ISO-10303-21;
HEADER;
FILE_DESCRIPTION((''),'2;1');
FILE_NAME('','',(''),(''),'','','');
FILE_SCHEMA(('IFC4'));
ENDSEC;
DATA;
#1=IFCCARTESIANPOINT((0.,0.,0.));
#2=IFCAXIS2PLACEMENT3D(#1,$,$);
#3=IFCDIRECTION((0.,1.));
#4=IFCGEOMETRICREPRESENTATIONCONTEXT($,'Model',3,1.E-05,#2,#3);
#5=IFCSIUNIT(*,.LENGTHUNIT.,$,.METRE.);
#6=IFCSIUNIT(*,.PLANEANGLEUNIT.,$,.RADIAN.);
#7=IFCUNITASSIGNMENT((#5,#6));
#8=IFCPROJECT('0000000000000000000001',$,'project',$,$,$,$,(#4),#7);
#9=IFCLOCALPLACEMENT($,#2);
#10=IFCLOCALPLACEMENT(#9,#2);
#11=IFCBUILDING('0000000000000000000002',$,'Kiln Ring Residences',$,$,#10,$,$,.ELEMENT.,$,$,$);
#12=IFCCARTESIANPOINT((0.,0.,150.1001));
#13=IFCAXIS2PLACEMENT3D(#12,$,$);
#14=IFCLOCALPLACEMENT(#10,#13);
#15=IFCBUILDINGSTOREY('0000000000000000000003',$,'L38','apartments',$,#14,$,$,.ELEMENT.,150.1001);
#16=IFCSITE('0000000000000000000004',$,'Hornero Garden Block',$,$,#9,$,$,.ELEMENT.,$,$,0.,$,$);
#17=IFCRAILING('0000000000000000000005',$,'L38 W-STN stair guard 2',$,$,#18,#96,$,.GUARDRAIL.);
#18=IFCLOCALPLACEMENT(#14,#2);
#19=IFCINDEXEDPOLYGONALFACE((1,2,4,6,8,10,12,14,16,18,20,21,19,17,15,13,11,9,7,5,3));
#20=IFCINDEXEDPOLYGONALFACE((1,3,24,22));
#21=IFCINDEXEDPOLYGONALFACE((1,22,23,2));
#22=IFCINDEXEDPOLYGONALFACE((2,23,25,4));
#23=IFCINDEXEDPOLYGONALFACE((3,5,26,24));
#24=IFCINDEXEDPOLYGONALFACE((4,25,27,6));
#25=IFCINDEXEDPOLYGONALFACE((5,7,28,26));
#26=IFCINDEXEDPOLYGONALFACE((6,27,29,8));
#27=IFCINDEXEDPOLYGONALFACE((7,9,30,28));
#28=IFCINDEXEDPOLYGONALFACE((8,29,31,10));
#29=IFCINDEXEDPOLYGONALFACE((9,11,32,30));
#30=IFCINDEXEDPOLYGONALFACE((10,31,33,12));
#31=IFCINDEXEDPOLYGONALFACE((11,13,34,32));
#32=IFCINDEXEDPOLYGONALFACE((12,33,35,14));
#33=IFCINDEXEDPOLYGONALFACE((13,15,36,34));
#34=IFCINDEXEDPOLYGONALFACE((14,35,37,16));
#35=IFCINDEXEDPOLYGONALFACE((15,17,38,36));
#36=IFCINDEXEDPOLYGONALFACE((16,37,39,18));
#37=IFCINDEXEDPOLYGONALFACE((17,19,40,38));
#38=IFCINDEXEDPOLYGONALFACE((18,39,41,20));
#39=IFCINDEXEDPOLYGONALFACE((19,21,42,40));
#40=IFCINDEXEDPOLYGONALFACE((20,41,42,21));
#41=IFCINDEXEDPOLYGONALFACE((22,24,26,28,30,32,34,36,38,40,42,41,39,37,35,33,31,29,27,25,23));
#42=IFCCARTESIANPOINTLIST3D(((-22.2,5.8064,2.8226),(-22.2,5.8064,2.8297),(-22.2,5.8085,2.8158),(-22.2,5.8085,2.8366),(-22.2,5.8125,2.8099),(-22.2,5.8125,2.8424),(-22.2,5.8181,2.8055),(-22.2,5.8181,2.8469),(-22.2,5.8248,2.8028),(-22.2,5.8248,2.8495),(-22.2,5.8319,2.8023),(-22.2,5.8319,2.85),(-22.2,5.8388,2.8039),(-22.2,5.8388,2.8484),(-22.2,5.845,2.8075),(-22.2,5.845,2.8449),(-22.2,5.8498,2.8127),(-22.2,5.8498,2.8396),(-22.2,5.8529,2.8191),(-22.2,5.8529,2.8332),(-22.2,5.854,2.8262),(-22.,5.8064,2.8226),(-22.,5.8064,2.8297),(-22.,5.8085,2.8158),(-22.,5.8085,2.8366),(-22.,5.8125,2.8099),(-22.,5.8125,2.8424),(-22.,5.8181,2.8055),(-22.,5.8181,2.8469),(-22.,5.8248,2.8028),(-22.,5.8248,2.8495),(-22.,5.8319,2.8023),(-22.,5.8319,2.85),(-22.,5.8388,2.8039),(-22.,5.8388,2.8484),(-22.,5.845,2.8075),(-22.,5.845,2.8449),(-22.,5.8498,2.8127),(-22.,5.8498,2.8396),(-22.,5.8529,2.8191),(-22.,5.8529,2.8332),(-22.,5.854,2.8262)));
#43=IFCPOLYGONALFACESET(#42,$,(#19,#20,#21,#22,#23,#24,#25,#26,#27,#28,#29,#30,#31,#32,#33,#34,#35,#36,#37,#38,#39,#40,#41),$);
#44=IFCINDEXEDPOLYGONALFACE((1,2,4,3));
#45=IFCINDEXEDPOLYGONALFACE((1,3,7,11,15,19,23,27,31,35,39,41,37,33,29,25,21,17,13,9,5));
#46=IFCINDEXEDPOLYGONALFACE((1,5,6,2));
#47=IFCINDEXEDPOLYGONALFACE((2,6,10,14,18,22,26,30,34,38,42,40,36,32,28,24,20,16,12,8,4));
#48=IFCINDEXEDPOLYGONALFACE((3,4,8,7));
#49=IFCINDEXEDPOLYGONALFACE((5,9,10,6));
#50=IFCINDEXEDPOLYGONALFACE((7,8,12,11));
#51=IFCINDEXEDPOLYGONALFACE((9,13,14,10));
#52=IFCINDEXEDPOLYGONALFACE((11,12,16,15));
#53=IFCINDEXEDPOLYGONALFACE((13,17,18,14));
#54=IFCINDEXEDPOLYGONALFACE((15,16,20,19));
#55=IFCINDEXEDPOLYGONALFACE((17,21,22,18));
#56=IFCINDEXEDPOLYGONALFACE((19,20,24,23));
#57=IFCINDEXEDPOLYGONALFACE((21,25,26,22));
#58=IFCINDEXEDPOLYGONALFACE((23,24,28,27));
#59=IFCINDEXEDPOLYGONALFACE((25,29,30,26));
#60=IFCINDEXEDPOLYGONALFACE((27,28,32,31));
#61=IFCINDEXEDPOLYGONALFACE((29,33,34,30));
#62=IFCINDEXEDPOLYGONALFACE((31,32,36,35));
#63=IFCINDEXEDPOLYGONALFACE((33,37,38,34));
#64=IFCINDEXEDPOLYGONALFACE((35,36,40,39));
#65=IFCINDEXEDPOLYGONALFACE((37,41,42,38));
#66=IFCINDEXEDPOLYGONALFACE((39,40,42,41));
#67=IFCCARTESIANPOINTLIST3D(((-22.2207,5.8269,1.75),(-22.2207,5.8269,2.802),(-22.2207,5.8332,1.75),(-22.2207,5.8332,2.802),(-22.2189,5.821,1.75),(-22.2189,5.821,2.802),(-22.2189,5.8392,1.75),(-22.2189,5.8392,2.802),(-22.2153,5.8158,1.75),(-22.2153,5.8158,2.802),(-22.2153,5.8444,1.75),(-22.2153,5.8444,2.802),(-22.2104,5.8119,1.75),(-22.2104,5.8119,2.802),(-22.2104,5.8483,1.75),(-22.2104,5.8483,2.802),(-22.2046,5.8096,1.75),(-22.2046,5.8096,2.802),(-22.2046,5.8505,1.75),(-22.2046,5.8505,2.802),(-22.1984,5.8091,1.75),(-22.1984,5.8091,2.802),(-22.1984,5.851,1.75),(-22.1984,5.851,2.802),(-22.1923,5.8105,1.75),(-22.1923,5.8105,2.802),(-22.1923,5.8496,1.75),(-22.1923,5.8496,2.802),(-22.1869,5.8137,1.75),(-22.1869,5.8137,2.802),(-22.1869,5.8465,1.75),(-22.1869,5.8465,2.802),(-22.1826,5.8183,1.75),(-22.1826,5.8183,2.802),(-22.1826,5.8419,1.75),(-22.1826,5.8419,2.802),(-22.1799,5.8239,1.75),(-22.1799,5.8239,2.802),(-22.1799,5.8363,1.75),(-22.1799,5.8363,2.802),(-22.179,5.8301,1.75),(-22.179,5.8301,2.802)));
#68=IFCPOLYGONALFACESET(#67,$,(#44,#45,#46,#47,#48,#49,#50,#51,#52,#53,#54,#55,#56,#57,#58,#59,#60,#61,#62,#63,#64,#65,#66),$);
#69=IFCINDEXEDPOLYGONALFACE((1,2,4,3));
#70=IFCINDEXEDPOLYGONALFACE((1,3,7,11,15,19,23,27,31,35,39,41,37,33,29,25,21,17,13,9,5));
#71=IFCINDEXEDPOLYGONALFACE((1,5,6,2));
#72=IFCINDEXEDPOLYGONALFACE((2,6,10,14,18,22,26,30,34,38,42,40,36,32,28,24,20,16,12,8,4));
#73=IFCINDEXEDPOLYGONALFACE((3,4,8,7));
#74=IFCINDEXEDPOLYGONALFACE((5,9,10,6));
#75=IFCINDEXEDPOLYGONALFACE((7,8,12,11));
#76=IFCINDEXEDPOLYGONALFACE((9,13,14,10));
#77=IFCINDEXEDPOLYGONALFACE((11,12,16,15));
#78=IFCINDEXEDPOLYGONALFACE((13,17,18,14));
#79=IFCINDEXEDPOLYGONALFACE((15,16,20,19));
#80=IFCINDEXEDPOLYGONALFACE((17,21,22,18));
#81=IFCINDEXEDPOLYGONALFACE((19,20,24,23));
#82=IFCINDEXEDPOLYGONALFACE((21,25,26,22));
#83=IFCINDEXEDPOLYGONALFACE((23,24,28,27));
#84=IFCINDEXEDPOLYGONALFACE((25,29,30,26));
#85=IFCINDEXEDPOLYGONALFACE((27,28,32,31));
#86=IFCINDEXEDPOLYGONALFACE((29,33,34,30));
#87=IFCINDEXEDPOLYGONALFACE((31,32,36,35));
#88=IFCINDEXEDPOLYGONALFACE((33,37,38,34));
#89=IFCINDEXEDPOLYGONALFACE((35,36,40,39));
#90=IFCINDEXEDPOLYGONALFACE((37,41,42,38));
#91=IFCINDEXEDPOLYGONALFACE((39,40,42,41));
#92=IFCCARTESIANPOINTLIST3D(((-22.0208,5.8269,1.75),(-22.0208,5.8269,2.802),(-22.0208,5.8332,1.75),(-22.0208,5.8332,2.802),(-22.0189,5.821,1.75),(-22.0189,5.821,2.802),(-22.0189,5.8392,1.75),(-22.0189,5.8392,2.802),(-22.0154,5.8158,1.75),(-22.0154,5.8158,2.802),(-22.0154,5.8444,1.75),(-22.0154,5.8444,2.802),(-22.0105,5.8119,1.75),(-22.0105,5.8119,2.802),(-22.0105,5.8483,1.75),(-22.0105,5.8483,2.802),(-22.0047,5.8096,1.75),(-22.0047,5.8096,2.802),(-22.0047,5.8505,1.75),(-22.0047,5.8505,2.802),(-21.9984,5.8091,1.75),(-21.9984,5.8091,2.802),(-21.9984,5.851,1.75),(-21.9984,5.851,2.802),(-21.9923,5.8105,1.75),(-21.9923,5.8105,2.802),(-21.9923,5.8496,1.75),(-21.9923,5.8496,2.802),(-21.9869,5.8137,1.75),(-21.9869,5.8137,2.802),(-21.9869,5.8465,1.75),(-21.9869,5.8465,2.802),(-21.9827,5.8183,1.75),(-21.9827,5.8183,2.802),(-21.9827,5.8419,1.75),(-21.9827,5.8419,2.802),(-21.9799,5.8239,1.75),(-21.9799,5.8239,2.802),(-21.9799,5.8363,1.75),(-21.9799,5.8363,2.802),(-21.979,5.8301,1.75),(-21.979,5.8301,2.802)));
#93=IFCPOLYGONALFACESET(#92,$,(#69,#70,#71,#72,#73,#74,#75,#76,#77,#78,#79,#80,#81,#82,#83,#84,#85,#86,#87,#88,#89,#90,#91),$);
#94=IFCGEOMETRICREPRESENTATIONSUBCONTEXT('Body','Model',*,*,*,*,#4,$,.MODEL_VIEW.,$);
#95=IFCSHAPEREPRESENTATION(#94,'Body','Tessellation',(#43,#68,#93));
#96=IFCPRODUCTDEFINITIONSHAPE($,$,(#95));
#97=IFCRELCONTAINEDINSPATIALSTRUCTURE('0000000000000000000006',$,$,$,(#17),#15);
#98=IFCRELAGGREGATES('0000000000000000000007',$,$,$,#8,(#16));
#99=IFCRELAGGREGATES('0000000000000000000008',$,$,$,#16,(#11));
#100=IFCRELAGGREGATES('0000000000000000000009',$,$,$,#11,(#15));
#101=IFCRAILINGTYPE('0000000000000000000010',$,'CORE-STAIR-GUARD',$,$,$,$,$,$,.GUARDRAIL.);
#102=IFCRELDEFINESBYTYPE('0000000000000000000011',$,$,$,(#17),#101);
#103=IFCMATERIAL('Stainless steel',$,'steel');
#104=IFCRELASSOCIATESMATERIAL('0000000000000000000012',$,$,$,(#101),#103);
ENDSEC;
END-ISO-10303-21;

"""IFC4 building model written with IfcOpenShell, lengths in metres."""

from ifc_helpers import new_model, si_unit, direction, frame, origin, origin_2d, place, context, subcontext, project, spatial, circle, extrude, material, type_object, element, save


model = new_model("IFC4")

# Units and contexts
model_context = context("Model", 3, precision=1e-05, world=origin(), true_north=direction((0.0, 1.0)))
body_context = subcontext(model_context, "Body", "Model", "MODEL_VIEW")
ifc_project = project(units=[si_unit("LENGTHUNIT", "METRE"), si_unit("PLANEANGLEUNIT", "RADIAN")], contexts=[model_context])

# Site, building, storey
site_placement = place(None, origin())
site = spatial("IfcSite", under=ifc_project, at=site_placement, Name="Hornero Garden Block", CompositionType="ELEMENT", RefElevation=0.0)
building_placement = place(site_placement, origin())
building = spatial("IfcBuilding", under=site, at=building_placement, Name="Kiln Ring Residences", CompositionType="ELEMENT")
storey_placement = place(building_placement, frame((0.0, 0.0, 150.1001)))
storey = spatial("IfcBuildingStorey", under=building, at=storey_placement, Name="L38", Description="apartments", CompositionType="ELEMENT", Elevation=150.1001)

# Railing
ifc_material_1 = material(Name="Stainless steel", Category="steel")
railing_type_1 = type_object("IfcRailingType", Name="CORE-STAIR-GUARD", PredefinedType="GUARDRAIL", material=ifc_material_1)
railing_1_placement = place(storey_placement, frame((-22.2, 5.8301, 1.75)))
element("IfcRailing", 1, at=railing_1_placement, inside=storey, type_object=railing_type_1, Name="L38 W-STN stair guard 2", PredefinedType="GUARDRAIL", context=body_context, shape_type="SweptSolid", body=[
    extrude(circle(Radius=0.0239, at=origin_2d()), frame((0.0, 0.0, 1.0762), z_axis=(1.0, 0.0, 0.0), x_axis=(0.0, 1.0, 0.0)), (0.0, 0.0, 1.0), 0.2),
    extrude(circle(Radius=0.021, at=origin_2d()), origin(), (0.0, 0.0, 1.0), 1.052),
    extrude(circle(Radius=0.021, at=origin_2d()), frame((0.2, 0.0, 0.0)), (0.0, 0.0, 1.0), 1.052),
])

save(model, "model.ifc")
